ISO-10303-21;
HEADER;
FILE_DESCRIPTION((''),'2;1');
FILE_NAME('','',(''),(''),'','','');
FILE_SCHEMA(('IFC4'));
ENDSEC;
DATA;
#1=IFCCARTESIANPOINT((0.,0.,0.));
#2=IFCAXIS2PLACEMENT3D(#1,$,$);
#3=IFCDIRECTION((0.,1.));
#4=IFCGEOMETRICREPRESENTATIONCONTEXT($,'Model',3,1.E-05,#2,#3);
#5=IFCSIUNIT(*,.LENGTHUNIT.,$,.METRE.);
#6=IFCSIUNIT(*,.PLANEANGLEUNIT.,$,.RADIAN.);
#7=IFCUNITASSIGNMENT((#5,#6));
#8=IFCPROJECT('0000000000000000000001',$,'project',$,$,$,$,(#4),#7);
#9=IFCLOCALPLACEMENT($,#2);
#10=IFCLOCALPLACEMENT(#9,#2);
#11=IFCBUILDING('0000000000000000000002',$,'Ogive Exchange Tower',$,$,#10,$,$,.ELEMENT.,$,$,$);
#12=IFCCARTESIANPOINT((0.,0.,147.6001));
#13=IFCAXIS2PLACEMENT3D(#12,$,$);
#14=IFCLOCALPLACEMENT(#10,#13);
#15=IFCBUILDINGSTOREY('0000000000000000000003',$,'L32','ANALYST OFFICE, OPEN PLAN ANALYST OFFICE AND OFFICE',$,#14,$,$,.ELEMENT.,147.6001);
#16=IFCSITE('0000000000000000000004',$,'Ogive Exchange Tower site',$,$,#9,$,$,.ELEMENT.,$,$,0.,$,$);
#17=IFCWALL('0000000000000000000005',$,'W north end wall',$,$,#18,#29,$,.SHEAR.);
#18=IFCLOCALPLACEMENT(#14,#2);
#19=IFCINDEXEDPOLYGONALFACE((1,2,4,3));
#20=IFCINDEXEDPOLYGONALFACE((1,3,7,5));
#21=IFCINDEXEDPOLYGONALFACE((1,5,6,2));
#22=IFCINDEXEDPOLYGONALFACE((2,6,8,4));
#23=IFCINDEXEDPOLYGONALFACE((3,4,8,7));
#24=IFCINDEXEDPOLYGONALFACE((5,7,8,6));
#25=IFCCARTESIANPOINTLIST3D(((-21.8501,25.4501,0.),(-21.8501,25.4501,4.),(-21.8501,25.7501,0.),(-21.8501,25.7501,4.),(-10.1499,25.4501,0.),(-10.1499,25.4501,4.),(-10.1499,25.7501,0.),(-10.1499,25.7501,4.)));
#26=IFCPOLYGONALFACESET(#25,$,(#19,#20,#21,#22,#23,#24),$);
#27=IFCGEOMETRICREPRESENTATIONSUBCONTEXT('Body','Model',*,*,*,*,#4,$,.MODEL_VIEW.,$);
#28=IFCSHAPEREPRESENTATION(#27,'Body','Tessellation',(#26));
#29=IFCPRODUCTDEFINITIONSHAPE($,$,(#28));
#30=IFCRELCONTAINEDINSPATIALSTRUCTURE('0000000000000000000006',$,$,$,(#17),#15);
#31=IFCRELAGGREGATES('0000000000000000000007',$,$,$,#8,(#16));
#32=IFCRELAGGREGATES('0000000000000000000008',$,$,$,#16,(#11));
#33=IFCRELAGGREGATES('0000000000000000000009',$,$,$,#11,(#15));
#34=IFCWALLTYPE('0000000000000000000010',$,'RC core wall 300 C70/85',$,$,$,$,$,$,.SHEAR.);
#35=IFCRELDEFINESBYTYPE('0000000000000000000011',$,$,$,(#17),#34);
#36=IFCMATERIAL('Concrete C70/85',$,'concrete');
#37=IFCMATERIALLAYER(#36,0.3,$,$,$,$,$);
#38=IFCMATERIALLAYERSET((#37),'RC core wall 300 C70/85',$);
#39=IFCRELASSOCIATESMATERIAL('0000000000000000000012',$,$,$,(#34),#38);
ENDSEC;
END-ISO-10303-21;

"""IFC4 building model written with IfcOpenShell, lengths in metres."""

from ifc_helpers import new_model, si_unit, direction, frame, frame_2d, origin, place, context, subcontext, project, spatial, rectangle, extrude, material, layer, layer_set, type_object, element, save


model = new_model("IFC4")

# Units and contexts
model_context = context("Model", 3, precision=1e-05, world=origin(), true_north=direction((0.0, 1.0)))
body_context = subcontext(model_context, "Body", "Model", "MODEL_VIEW")
ifc_project = project(units=[si_unit("LENGTHUNIT", "METRE"), si_unit("PLANEANGLEUNIT", "RADIAN")], contexts=[model_context])

# Site, building, storey
site_placement = place(None, origin())
site = spatial("IfcSite", under=ifc_project, at=site_placement, Name="Ogive Exchange Tower site", CompositionType="ELEMENT", RefElevation=0.0)
building_placement = place(site_placement, origin())
building = spatial("IfcBuilding", under=site, at=building_placement, Name="Ogive Exchange Tower", CompositionType="ELEMENT")
storey_placement = place(building_placement, frame((0.0, 0.0, 147.6001)))
storey = spatial("IfcBuildingStorey", under=building, at=storey_placement, Name="L32", Description="ANALYST OFFICE, OPEN PLAN ANALYST OFFICE AND OFFICE", CompositionType="ELEMENT", Elevation=147.6001)

# Wall
ifc_material_1 = material(Name="Concrete C70/85", Category="concrete")
ifc_layer_1 = layer(ifc_material_1, 0.3)
ifc_layer_set_1 = layer_set([ifc_layer_1], Name="RC core wall 300 C70/85")
wall_type_1 = type_object("IfcWallType", Name="RC core wall 300 C70/85", PredefinedType="SHEAR", material=ifc_layer_set_1)
wall_1_placement = place(storey_placement, frame((-21.8501, 25.6001, 0.0), z_axis=(0.0, 0.0, 1.0), x_axis=(1.0, 0.0, 0.0)))
element("IfcWall", 1, at=wall_1_placement, inside=storey, type_object=wall_type_1, Name="W north end wall", PredefinedType="SHEAR", context=body_context, shape_type="SweptSolid", body=[
    extrude(rectangle(XDim=11.7002, YDim=0.3, at=frame_2d((5.8501, 0.0))), origin(), (0.0, 0.0, 1.0), 4.0),
])

save(model, "model.ifc")
